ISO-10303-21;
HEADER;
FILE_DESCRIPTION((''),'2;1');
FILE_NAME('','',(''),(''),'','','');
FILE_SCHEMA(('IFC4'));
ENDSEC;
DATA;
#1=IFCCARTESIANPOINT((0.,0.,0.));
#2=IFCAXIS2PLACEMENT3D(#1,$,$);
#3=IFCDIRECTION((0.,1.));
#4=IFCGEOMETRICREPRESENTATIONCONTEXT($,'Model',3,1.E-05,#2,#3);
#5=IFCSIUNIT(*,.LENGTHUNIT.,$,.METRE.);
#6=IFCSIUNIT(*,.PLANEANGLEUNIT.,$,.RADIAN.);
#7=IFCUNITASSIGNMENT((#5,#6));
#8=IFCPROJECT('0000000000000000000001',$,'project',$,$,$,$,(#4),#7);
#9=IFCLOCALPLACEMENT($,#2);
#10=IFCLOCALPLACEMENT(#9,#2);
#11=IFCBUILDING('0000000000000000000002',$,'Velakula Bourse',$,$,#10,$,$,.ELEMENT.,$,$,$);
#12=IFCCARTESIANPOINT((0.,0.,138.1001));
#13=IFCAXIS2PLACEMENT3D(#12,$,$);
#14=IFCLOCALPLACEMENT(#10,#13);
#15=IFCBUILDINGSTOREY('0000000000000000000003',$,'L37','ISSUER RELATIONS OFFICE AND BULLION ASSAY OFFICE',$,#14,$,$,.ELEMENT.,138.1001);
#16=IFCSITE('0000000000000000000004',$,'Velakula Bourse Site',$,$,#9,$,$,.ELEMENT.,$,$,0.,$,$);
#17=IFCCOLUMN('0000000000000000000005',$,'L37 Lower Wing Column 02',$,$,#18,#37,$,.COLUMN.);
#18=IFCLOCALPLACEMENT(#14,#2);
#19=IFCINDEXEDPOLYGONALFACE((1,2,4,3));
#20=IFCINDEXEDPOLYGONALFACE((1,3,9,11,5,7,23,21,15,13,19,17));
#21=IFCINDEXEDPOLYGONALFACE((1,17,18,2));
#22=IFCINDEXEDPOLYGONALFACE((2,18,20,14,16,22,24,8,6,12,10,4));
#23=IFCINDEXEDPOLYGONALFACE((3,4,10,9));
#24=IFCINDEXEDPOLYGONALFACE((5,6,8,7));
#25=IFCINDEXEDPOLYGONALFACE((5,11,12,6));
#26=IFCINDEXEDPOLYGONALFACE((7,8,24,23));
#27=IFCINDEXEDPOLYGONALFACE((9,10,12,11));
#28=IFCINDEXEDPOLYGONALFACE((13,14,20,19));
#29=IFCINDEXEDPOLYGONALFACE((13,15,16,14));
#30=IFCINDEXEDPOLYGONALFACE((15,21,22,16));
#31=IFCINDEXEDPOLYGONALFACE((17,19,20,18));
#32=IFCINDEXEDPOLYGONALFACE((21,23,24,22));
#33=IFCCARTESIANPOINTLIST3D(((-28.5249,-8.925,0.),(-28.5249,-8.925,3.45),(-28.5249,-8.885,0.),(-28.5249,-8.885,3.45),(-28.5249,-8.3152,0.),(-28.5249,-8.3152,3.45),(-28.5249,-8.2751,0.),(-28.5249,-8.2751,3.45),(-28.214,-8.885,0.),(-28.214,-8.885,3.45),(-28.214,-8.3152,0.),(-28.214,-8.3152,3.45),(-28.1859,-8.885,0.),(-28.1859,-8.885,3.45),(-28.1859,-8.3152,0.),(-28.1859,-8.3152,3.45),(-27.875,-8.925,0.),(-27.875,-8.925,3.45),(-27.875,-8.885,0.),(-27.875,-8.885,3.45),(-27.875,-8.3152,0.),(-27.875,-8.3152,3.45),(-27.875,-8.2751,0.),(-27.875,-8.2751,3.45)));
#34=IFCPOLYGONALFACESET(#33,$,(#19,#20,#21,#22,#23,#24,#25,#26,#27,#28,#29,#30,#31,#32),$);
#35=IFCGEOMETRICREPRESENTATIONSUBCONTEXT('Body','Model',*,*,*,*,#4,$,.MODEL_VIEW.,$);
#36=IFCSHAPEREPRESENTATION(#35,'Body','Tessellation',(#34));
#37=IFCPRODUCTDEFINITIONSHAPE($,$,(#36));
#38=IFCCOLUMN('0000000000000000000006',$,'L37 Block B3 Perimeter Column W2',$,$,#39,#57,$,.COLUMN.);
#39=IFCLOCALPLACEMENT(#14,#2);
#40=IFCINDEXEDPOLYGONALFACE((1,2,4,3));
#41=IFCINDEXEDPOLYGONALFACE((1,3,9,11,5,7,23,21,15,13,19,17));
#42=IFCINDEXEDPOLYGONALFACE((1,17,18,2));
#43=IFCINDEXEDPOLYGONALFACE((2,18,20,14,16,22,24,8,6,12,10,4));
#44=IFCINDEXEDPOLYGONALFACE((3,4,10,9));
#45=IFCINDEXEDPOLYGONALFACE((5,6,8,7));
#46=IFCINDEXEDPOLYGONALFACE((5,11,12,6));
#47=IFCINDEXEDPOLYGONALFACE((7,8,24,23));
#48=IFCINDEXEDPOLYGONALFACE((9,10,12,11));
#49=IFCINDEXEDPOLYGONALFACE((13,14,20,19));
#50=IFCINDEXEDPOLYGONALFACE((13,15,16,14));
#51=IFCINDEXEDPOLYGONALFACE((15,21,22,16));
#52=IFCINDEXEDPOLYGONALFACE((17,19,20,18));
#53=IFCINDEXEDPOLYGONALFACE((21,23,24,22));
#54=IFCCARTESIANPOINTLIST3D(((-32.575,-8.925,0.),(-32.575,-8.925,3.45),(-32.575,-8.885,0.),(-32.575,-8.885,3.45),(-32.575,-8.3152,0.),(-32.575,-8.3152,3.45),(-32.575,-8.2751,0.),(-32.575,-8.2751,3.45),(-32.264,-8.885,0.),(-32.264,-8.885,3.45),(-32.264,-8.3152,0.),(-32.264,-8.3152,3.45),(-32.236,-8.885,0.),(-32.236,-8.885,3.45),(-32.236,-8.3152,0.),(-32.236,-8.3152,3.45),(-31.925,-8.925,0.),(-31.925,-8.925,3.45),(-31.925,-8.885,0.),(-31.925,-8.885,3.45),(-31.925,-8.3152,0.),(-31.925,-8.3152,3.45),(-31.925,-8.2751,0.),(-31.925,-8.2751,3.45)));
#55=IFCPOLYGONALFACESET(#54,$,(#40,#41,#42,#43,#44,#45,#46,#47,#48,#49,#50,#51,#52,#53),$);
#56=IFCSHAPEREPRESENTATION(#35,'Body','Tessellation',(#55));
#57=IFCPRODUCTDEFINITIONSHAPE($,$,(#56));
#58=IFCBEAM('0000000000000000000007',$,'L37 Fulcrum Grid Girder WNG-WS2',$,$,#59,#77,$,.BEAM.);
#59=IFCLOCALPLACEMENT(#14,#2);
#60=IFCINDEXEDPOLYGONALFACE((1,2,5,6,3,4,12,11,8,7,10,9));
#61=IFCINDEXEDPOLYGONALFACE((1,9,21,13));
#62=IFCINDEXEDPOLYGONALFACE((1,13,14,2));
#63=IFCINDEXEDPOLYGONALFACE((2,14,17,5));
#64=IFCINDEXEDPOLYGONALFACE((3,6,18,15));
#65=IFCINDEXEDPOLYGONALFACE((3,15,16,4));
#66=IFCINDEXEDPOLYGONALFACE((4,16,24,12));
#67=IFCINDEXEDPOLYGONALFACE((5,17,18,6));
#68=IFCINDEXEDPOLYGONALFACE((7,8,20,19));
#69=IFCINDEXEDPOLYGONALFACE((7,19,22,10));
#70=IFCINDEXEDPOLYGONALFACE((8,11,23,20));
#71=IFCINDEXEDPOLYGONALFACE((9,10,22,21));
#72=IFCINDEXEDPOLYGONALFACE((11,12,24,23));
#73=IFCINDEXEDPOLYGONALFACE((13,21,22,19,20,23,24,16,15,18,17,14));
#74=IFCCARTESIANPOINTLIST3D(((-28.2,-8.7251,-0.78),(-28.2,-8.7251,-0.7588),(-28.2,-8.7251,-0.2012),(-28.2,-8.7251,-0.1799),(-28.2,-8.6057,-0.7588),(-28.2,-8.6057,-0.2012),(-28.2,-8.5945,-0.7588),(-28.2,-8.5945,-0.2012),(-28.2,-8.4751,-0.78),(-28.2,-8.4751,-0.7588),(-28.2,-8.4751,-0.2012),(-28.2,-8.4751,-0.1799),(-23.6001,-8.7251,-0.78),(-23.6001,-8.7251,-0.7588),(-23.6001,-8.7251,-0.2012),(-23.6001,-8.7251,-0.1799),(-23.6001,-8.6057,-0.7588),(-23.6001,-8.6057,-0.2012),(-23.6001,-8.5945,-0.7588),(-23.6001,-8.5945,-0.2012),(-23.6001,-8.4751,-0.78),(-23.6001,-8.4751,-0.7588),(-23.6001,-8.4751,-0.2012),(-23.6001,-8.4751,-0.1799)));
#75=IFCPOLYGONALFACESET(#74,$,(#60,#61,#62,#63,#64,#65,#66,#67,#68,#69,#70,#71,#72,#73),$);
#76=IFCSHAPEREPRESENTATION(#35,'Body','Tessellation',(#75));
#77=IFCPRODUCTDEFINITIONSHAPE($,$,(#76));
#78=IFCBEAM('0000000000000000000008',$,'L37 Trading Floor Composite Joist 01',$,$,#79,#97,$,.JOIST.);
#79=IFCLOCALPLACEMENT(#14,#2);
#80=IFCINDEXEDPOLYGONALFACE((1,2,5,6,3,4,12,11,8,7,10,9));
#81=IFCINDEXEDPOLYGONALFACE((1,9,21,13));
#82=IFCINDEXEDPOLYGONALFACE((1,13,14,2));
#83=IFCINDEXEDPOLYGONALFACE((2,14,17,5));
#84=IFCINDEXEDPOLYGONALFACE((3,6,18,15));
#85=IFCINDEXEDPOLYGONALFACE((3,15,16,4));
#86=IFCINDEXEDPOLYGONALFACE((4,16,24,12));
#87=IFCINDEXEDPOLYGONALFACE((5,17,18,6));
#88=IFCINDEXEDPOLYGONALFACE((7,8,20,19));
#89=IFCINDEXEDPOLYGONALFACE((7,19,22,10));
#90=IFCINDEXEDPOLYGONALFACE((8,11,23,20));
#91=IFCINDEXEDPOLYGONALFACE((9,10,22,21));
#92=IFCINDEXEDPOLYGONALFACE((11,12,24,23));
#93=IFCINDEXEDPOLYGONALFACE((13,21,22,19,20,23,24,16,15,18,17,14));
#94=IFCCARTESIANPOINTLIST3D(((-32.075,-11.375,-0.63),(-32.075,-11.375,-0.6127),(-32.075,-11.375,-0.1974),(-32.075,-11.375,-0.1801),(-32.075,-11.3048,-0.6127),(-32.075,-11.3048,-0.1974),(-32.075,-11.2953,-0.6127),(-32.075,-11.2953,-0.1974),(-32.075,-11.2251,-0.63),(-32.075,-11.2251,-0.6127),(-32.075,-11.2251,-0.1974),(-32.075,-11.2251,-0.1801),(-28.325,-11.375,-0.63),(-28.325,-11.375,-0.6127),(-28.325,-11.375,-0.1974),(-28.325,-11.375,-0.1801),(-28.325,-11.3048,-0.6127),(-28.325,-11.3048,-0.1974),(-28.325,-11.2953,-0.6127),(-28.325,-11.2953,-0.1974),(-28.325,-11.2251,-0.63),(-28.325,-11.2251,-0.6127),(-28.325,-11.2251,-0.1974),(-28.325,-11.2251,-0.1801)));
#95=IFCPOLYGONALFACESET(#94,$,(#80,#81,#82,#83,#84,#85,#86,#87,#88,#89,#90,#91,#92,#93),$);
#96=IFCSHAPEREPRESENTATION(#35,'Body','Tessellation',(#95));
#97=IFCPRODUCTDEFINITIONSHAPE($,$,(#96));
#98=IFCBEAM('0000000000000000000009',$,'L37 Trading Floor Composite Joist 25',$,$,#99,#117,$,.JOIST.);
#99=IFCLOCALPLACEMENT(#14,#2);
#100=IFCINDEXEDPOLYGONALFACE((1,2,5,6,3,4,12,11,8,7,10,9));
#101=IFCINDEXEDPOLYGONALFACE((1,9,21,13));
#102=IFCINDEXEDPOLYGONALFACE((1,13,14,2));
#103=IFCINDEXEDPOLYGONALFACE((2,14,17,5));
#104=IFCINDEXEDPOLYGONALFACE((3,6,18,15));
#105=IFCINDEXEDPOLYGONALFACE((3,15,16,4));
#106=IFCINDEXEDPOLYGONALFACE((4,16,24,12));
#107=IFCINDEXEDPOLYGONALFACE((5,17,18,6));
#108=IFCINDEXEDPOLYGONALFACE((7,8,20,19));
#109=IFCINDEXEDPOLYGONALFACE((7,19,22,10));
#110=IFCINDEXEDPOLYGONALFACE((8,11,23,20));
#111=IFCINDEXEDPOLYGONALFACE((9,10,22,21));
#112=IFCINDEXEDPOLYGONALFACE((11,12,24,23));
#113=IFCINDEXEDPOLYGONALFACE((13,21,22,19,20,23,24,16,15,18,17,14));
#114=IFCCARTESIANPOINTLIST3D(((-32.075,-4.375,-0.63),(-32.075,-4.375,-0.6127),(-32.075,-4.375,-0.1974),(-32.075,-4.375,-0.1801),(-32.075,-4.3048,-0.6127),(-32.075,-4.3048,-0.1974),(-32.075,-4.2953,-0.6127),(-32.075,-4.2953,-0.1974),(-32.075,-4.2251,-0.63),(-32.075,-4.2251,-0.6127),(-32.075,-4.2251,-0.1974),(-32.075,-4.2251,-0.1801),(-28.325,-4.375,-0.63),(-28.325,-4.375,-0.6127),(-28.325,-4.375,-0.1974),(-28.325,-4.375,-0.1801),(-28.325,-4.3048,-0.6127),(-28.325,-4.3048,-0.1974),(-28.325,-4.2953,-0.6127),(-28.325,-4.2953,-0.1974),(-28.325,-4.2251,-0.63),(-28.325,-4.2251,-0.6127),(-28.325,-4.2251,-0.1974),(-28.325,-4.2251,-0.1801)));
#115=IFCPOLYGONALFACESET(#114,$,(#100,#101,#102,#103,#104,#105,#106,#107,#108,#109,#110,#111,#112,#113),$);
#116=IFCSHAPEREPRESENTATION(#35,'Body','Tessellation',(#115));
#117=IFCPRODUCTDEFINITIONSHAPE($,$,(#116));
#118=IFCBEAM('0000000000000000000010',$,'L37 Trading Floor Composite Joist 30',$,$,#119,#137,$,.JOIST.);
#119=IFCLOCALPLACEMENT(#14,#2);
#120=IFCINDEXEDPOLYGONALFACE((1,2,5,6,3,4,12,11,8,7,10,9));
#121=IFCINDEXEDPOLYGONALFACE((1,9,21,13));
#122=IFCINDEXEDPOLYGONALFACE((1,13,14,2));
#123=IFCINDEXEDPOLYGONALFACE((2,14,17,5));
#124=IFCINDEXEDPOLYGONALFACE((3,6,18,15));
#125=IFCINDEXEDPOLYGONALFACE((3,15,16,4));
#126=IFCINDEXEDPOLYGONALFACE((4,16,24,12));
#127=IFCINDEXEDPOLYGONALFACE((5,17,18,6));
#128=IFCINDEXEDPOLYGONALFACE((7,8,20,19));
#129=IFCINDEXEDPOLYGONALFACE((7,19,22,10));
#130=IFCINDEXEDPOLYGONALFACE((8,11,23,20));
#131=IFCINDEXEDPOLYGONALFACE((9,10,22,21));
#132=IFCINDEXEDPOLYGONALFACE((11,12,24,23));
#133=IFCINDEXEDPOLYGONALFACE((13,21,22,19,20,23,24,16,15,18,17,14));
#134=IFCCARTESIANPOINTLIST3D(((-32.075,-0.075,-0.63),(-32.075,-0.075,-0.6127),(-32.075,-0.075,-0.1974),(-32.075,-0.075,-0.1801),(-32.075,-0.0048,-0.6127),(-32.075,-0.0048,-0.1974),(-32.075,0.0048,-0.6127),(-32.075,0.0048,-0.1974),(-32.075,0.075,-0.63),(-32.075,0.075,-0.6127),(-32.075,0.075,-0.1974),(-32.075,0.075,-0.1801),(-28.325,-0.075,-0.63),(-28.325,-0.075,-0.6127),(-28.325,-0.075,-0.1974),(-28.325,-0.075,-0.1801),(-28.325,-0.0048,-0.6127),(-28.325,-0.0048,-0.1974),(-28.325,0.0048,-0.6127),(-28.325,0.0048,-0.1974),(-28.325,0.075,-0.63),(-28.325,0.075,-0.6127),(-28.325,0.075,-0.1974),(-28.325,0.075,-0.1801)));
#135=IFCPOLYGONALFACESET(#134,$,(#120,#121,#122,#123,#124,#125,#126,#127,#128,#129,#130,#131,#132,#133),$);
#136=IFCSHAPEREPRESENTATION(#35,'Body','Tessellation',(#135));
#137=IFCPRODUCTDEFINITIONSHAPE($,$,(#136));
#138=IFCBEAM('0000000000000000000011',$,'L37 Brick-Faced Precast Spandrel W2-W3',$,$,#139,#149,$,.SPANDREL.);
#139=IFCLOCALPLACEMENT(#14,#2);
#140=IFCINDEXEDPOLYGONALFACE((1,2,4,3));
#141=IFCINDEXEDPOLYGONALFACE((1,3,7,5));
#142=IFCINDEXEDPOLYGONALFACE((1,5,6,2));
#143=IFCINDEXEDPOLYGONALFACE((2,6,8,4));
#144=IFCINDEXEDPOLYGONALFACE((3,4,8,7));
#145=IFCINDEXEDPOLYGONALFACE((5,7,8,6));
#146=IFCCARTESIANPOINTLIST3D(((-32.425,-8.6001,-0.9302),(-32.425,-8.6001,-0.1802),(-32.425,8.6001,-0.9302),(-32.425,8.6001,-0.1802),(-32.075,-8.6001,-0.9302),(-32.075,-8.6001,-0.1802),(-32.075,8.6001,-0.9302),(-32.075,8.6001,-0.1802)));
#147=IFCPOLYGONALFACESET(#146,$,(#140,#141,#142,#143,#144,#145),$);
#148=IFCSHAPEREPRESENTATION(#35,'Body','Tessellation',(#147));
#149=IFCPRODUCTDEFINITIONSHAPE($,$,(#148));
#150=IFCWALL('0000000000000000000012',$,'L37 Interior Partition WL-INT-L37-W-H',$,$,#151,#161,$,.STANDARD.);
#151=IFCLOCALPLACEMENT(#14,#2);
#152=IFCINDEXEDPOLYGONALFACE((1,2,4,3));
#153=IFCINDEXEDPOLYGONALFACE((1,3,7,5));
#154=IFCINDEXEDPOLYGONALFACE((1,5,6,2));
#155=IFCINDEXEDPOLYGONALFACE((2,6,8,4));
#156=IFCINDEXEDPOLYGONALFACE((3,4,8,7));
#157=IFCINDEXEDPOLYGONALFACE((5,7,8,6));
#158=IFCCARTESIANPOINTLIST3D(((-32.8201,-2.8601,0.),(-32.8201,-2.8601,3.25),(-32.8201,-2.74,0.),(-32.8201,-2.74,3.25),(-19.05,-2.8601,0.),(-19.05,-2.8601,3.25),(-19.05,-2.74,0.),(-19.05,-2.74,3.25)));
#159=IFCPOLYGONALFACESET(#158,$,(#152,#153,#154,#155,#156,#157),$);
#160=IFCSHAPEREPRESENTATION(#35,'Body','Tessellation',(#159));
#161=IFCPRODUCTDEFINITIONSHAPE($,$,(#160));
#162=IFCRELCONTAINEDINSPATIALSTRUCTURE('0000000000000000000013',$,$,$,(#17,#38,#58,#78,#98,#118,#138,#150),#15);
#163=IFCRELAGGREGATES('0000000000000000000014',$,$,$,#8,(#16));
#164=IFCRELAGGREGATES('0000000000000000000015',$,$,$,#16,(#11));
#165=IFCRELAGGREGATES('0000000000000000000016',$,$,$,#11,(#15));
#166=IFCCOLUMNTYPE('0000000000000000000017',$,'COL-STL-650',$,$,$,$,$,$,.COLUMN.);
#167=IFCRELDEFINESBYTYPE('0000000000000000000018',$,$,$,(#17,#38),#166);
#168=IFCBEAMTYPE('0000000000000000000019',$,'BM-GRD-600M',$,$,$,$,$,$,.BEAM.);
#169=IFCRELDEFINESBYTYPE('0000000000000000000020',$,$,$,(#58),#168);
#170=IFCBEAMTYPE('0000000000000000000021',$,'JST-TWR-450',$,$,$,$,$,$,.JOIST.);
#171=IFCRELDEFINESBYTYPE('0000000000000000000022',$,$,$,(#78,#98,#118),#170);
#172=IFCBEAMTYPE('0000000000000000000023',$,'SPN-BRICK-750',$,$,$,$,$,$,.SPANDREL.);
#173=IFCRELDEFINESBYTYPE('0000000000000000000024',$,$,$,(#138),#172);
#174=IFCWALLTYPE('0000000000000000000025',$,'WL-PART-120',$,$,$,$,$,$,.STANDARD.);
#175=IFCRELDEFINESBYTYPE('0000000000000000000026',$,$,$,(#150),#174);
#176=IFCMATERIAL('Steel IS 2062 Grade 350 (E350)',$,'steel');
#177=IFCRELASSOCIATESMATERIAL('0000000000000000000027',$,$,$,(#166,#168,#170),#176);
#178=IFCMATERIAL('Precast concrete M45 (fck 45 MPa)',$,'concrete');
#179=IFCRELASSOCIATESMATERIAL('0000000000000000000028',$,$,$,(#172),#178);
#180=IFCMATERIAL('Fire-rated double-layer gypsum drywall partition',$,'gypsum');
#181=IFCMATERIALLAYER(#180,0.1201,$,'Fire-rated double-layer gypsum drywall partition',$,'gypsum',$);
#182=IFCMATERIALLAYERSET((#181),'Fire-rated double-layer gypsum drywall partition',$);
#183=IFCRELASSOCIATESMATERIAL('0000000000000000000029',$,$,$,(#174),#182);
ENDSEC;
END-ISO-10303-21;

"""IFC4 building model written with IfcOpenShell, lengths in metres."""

from ifc_helpers import new_model, si_unit, direction, frame, frame_2d, origin, origin_2d, place, context, subcontext, project, spatial, rectangle, i_section, extrude, material, layer, layer_set, material_profile, profile_set, type_object, element, save


model = new_model("IFC4")

# Units and contexts
model_context = context("Model", 3, precision=1e-05, world=origin(), true_north=direction((0.0, 1.0)))
body_context = subcontext(model_context, "Body", "Model", "MODEL_VIEW")
ifc_project = project(units=[si_unit("LENGTHUNIT", "METRE"), si_unit("PLANEANGLEUNIT", "RADIAN")], contexts=[model_context])

# Site, building, storey
site_placement = place(None, origin())
site = spatial("IfcSite", under=ifc_project, at=site_placement, Name="Velakula Bourse Site", CompositionType="ELEMENT", RefElevation=0.0)
building_placement = place(site_placement, origin())
building = spatial("IfcBuilding", under=site, at=building_placement, Name="Velakula Bourse", CompositionType="ELEMENT")
storey_placement = place(building_placement, frame((0.0, 0.0, 138.1001)))
storey = spatial("IfcBuildingStorey", under=building, at=storey_placement, Name="L37", Description="ISSUER RELATIONS OFFICE AND BULLION ASSAY OFFICE", CompositionType="ELEMENT", Elevation=138.1001)

# Columns
ifc_material_1 = material(Name="Steel IS 2062 Grade 350 (E350)", Category="steel")
ifc_material_profile_1 = material_profile(ifc_material_1, i_section(OverallWidth=0.6499, OverallDepth=0.6499, WebThickness=0.0281, FlangeThickness=0.04, at=origin_2d()), Name="Steel IS 2062 Grade 350 (E350)")
ifc_profile_set_1 = profile_set([ifc_material_profile_1], Name="Steel IS 2062 Grade 350 (E350)")
column_type = type_object("IfcColumnType", Name="COL-STL-650", PredefinedType="COLUMN", material=ifc_profile_set_1)
for number, where, z_axis, x_axis, name in (
    (1, (-28.2, -8.6001, 0.0), (0.0, 0.0, 1.0), (1.0, 0.0, 0.0), "L37 Lower Wing Column 02"),
    (2, (-32.25, -8.6001, 0.0), (0.0, 0.0, 1.0), (1.0, 0.0, 0.0), "L37 Block B3 Perimeter Column W2"),
):
    element("IfcColumn", number, at=place(storey_placement, frame(where, z_axis=z_axis, x_axis=x_axis)), inside=storey, type_object=column_type, Name=name, PredefinedType="COLUMN", context=body_context, shape_type="SweptSolid", body=[
        extrude(i_section(OverallWidth=0.6499, OverallDepth=0.6499, WebThickness=0.0281, FlangeThickness=0.04, at=origin_2d()), origin(), (0.0, 0.0, 1.0), 3.45),
    ])

# Beams
ifc_material_profile_2 = material_profile(ifc_material_1, i_section(OverallWidth=0.25, OverallDepth=0.6001, WebThickness=0.0112, FlangeThickness=0.0212, at=origin_2d()), Name="Steel IS 2062 Grade 350 (E350)")
ifc_profile_set_2 = profile_set([ifc_material_profile_2], Name="Steel IS 2062 Grade 350 (E350)")
beam_type_1 = type_object("IfcBeamType", Name="BM-GRD-600M", PredefinedType="BEAM", material=ifc_profile_set_2)
beam_1_placement = place(storey_placement, frame((-28.2, -8.6001, -0.48), z_axis=(1.0, 0.0, 0.0), x_axis=(0.0, 1.0, 0.0)))
element("IfcBeam", 3, at=beam_1_placement, inside=storey, type_object=beam_type_1, Name="L37 Fulcrum Grid Girder WNG-WS2", PredefinedType="BEAM", context=body_context, shape_type="SweptSolid", body=[
    extrude(i_section(OverallWidth=0.25, OverallDepth=0.6001, WebThickness=0.0112, FlangeThickness=0.0212, at=origin_2d()), origin(), (0.0, 0.0, 1.0), 4.5999),
])
ifc_material_profile_3 = material_profile(ifc_material_1, i_section(OverallWidth=0.1499, OverallDepth=0.45, WebThickness=0.0095, FlangeThickness=0.0173, at=origin_2d()), Name="Steel IS 2062 Grade 350 (E350)")
ifc_profile_set_3 = profile_set([ifc_material_profile_3], Name="Steel IS 2062 Grade 350 (E350)")
beam_type_2 = type_object("IfcBeamType", Name="JST-TWR-450", PredefinedType="JOIST", material=ifc_profile_set_3)
for number, where, z_axis, x_axis, name in (
    (4, (-32.075, -11.3, -0.405), (1.0, 0.0, 0.0), (0.0, 1.0, 0.0), "L37 Trading Floor Composite Joist 01"),
    (5, (-32.075, -4.3, -0.405), (1.0, 0.0, 0.0), (0.0, 1.0, 0.0), "L37 Trading Floor Composite Joist 25"),
    (6, (-32.075, 0.0, -0.405), (1.0, 0.0, 0.0), (0.0, 1.0, 0.0), "L37 Trading Floor Composite Joist 30"),
):
    element("IfcBeam", number, at=place(storey_placement, frame(where, z_axis=z_axis, x_axis=x_axis)), inside=storey, type_object=beam_type_2, Name=name, PredefinedType="JOIST", context=body_context, shape_type="SweptSolid", body=[
        extrude(i_section(OverallWidth=0.1499, OverallDepth=0.45, WebThickness=0.0095, FlangeThickness=0.0173, at=origin_2d()), origin(), (0.0, 0.0, 1.0), 3.75),
    ])
ifc_material_2 = material(Name="Precast concrete M45 (fck 45 MPa)", Category="concrete")
ifc_material_profile_4 = material_profile(ifc_material_2, rectangle(XDim=0.3501, YDim=0.75, at=origin_2d()), Name="Precast concrete M45 (fck 45 MPa)")
ifc_profile_set_4 = profile_set([ifc_material_profile_4], Name="Precast concrete M45 (fck 45 MPa)")
beam_type_3 = type_object("IfcBeamType", Name="SPN-BRICK-750", PredefinedType="SPANDREL", material=ifc_profile_set_4)
beam_2_placement = place(storey_placement, frame((-32.25, -8.6001, -0.5552), z_axis=(0.0, 1.0, 0.0), x_axis=(-1.0, 0.0, 0.0)))
element("IfcBeam", 7, at=beam_2_placement, inside=storey, type_object=beam_type_3, Name="L37 Brick-Faced Precast Spandrel W2-W3", PredefinedType="SPANDREL", context=body_context, shape_type="SweptSolid", body=[
    extrude(rectangle(XDim=0.3501, YDim=0.75, at=origin_2d()), origin(), (0.0, 0.0, 1.0), 17.2002),
])

# Wall
ifc_material_3 = material(Name="Fire-rated double-layer gypsum drywall partition", Category="gypsum")
ifc_layer_1 = layer(ifc_material_3, 0.1201, Name="Fire-rated double-layer gypsum drywall partition", Category="gypsum")
ifc_layer_set_1 = layer_set([ifc_layer_1], Name="Fire-rated double-layer gypsum drywall partition")
wall_type_1 = type_object("IfcWallType", Name="WL-PART-120", PredefinedType="STANDARD", material=ifc_layer_set_1)
wall_1_placement = place(storey_placement, frame((-32.8201, -2.8, 0.0), z_axis=(0.0, 0.0, 1.0), x_axis=(1.0, 0.0, 0.0)))
element("IfcWall", 8, at=wall_1_placement, inside=storey, type_object=wall_type_1, Name="L37 Interior Partition WL-INT-L37-W-H", PredefinedType="STANDARD", context=body_context, shape_type="SweptSolid", body=[
    extrude(rectangle(XDim=13.77, YDim=0.1201, at=frame_2d((6.885, 0.0))), origin(), (0.0, 0.0, 1.0), 3.25),
])

save(model, "model.ifc")
